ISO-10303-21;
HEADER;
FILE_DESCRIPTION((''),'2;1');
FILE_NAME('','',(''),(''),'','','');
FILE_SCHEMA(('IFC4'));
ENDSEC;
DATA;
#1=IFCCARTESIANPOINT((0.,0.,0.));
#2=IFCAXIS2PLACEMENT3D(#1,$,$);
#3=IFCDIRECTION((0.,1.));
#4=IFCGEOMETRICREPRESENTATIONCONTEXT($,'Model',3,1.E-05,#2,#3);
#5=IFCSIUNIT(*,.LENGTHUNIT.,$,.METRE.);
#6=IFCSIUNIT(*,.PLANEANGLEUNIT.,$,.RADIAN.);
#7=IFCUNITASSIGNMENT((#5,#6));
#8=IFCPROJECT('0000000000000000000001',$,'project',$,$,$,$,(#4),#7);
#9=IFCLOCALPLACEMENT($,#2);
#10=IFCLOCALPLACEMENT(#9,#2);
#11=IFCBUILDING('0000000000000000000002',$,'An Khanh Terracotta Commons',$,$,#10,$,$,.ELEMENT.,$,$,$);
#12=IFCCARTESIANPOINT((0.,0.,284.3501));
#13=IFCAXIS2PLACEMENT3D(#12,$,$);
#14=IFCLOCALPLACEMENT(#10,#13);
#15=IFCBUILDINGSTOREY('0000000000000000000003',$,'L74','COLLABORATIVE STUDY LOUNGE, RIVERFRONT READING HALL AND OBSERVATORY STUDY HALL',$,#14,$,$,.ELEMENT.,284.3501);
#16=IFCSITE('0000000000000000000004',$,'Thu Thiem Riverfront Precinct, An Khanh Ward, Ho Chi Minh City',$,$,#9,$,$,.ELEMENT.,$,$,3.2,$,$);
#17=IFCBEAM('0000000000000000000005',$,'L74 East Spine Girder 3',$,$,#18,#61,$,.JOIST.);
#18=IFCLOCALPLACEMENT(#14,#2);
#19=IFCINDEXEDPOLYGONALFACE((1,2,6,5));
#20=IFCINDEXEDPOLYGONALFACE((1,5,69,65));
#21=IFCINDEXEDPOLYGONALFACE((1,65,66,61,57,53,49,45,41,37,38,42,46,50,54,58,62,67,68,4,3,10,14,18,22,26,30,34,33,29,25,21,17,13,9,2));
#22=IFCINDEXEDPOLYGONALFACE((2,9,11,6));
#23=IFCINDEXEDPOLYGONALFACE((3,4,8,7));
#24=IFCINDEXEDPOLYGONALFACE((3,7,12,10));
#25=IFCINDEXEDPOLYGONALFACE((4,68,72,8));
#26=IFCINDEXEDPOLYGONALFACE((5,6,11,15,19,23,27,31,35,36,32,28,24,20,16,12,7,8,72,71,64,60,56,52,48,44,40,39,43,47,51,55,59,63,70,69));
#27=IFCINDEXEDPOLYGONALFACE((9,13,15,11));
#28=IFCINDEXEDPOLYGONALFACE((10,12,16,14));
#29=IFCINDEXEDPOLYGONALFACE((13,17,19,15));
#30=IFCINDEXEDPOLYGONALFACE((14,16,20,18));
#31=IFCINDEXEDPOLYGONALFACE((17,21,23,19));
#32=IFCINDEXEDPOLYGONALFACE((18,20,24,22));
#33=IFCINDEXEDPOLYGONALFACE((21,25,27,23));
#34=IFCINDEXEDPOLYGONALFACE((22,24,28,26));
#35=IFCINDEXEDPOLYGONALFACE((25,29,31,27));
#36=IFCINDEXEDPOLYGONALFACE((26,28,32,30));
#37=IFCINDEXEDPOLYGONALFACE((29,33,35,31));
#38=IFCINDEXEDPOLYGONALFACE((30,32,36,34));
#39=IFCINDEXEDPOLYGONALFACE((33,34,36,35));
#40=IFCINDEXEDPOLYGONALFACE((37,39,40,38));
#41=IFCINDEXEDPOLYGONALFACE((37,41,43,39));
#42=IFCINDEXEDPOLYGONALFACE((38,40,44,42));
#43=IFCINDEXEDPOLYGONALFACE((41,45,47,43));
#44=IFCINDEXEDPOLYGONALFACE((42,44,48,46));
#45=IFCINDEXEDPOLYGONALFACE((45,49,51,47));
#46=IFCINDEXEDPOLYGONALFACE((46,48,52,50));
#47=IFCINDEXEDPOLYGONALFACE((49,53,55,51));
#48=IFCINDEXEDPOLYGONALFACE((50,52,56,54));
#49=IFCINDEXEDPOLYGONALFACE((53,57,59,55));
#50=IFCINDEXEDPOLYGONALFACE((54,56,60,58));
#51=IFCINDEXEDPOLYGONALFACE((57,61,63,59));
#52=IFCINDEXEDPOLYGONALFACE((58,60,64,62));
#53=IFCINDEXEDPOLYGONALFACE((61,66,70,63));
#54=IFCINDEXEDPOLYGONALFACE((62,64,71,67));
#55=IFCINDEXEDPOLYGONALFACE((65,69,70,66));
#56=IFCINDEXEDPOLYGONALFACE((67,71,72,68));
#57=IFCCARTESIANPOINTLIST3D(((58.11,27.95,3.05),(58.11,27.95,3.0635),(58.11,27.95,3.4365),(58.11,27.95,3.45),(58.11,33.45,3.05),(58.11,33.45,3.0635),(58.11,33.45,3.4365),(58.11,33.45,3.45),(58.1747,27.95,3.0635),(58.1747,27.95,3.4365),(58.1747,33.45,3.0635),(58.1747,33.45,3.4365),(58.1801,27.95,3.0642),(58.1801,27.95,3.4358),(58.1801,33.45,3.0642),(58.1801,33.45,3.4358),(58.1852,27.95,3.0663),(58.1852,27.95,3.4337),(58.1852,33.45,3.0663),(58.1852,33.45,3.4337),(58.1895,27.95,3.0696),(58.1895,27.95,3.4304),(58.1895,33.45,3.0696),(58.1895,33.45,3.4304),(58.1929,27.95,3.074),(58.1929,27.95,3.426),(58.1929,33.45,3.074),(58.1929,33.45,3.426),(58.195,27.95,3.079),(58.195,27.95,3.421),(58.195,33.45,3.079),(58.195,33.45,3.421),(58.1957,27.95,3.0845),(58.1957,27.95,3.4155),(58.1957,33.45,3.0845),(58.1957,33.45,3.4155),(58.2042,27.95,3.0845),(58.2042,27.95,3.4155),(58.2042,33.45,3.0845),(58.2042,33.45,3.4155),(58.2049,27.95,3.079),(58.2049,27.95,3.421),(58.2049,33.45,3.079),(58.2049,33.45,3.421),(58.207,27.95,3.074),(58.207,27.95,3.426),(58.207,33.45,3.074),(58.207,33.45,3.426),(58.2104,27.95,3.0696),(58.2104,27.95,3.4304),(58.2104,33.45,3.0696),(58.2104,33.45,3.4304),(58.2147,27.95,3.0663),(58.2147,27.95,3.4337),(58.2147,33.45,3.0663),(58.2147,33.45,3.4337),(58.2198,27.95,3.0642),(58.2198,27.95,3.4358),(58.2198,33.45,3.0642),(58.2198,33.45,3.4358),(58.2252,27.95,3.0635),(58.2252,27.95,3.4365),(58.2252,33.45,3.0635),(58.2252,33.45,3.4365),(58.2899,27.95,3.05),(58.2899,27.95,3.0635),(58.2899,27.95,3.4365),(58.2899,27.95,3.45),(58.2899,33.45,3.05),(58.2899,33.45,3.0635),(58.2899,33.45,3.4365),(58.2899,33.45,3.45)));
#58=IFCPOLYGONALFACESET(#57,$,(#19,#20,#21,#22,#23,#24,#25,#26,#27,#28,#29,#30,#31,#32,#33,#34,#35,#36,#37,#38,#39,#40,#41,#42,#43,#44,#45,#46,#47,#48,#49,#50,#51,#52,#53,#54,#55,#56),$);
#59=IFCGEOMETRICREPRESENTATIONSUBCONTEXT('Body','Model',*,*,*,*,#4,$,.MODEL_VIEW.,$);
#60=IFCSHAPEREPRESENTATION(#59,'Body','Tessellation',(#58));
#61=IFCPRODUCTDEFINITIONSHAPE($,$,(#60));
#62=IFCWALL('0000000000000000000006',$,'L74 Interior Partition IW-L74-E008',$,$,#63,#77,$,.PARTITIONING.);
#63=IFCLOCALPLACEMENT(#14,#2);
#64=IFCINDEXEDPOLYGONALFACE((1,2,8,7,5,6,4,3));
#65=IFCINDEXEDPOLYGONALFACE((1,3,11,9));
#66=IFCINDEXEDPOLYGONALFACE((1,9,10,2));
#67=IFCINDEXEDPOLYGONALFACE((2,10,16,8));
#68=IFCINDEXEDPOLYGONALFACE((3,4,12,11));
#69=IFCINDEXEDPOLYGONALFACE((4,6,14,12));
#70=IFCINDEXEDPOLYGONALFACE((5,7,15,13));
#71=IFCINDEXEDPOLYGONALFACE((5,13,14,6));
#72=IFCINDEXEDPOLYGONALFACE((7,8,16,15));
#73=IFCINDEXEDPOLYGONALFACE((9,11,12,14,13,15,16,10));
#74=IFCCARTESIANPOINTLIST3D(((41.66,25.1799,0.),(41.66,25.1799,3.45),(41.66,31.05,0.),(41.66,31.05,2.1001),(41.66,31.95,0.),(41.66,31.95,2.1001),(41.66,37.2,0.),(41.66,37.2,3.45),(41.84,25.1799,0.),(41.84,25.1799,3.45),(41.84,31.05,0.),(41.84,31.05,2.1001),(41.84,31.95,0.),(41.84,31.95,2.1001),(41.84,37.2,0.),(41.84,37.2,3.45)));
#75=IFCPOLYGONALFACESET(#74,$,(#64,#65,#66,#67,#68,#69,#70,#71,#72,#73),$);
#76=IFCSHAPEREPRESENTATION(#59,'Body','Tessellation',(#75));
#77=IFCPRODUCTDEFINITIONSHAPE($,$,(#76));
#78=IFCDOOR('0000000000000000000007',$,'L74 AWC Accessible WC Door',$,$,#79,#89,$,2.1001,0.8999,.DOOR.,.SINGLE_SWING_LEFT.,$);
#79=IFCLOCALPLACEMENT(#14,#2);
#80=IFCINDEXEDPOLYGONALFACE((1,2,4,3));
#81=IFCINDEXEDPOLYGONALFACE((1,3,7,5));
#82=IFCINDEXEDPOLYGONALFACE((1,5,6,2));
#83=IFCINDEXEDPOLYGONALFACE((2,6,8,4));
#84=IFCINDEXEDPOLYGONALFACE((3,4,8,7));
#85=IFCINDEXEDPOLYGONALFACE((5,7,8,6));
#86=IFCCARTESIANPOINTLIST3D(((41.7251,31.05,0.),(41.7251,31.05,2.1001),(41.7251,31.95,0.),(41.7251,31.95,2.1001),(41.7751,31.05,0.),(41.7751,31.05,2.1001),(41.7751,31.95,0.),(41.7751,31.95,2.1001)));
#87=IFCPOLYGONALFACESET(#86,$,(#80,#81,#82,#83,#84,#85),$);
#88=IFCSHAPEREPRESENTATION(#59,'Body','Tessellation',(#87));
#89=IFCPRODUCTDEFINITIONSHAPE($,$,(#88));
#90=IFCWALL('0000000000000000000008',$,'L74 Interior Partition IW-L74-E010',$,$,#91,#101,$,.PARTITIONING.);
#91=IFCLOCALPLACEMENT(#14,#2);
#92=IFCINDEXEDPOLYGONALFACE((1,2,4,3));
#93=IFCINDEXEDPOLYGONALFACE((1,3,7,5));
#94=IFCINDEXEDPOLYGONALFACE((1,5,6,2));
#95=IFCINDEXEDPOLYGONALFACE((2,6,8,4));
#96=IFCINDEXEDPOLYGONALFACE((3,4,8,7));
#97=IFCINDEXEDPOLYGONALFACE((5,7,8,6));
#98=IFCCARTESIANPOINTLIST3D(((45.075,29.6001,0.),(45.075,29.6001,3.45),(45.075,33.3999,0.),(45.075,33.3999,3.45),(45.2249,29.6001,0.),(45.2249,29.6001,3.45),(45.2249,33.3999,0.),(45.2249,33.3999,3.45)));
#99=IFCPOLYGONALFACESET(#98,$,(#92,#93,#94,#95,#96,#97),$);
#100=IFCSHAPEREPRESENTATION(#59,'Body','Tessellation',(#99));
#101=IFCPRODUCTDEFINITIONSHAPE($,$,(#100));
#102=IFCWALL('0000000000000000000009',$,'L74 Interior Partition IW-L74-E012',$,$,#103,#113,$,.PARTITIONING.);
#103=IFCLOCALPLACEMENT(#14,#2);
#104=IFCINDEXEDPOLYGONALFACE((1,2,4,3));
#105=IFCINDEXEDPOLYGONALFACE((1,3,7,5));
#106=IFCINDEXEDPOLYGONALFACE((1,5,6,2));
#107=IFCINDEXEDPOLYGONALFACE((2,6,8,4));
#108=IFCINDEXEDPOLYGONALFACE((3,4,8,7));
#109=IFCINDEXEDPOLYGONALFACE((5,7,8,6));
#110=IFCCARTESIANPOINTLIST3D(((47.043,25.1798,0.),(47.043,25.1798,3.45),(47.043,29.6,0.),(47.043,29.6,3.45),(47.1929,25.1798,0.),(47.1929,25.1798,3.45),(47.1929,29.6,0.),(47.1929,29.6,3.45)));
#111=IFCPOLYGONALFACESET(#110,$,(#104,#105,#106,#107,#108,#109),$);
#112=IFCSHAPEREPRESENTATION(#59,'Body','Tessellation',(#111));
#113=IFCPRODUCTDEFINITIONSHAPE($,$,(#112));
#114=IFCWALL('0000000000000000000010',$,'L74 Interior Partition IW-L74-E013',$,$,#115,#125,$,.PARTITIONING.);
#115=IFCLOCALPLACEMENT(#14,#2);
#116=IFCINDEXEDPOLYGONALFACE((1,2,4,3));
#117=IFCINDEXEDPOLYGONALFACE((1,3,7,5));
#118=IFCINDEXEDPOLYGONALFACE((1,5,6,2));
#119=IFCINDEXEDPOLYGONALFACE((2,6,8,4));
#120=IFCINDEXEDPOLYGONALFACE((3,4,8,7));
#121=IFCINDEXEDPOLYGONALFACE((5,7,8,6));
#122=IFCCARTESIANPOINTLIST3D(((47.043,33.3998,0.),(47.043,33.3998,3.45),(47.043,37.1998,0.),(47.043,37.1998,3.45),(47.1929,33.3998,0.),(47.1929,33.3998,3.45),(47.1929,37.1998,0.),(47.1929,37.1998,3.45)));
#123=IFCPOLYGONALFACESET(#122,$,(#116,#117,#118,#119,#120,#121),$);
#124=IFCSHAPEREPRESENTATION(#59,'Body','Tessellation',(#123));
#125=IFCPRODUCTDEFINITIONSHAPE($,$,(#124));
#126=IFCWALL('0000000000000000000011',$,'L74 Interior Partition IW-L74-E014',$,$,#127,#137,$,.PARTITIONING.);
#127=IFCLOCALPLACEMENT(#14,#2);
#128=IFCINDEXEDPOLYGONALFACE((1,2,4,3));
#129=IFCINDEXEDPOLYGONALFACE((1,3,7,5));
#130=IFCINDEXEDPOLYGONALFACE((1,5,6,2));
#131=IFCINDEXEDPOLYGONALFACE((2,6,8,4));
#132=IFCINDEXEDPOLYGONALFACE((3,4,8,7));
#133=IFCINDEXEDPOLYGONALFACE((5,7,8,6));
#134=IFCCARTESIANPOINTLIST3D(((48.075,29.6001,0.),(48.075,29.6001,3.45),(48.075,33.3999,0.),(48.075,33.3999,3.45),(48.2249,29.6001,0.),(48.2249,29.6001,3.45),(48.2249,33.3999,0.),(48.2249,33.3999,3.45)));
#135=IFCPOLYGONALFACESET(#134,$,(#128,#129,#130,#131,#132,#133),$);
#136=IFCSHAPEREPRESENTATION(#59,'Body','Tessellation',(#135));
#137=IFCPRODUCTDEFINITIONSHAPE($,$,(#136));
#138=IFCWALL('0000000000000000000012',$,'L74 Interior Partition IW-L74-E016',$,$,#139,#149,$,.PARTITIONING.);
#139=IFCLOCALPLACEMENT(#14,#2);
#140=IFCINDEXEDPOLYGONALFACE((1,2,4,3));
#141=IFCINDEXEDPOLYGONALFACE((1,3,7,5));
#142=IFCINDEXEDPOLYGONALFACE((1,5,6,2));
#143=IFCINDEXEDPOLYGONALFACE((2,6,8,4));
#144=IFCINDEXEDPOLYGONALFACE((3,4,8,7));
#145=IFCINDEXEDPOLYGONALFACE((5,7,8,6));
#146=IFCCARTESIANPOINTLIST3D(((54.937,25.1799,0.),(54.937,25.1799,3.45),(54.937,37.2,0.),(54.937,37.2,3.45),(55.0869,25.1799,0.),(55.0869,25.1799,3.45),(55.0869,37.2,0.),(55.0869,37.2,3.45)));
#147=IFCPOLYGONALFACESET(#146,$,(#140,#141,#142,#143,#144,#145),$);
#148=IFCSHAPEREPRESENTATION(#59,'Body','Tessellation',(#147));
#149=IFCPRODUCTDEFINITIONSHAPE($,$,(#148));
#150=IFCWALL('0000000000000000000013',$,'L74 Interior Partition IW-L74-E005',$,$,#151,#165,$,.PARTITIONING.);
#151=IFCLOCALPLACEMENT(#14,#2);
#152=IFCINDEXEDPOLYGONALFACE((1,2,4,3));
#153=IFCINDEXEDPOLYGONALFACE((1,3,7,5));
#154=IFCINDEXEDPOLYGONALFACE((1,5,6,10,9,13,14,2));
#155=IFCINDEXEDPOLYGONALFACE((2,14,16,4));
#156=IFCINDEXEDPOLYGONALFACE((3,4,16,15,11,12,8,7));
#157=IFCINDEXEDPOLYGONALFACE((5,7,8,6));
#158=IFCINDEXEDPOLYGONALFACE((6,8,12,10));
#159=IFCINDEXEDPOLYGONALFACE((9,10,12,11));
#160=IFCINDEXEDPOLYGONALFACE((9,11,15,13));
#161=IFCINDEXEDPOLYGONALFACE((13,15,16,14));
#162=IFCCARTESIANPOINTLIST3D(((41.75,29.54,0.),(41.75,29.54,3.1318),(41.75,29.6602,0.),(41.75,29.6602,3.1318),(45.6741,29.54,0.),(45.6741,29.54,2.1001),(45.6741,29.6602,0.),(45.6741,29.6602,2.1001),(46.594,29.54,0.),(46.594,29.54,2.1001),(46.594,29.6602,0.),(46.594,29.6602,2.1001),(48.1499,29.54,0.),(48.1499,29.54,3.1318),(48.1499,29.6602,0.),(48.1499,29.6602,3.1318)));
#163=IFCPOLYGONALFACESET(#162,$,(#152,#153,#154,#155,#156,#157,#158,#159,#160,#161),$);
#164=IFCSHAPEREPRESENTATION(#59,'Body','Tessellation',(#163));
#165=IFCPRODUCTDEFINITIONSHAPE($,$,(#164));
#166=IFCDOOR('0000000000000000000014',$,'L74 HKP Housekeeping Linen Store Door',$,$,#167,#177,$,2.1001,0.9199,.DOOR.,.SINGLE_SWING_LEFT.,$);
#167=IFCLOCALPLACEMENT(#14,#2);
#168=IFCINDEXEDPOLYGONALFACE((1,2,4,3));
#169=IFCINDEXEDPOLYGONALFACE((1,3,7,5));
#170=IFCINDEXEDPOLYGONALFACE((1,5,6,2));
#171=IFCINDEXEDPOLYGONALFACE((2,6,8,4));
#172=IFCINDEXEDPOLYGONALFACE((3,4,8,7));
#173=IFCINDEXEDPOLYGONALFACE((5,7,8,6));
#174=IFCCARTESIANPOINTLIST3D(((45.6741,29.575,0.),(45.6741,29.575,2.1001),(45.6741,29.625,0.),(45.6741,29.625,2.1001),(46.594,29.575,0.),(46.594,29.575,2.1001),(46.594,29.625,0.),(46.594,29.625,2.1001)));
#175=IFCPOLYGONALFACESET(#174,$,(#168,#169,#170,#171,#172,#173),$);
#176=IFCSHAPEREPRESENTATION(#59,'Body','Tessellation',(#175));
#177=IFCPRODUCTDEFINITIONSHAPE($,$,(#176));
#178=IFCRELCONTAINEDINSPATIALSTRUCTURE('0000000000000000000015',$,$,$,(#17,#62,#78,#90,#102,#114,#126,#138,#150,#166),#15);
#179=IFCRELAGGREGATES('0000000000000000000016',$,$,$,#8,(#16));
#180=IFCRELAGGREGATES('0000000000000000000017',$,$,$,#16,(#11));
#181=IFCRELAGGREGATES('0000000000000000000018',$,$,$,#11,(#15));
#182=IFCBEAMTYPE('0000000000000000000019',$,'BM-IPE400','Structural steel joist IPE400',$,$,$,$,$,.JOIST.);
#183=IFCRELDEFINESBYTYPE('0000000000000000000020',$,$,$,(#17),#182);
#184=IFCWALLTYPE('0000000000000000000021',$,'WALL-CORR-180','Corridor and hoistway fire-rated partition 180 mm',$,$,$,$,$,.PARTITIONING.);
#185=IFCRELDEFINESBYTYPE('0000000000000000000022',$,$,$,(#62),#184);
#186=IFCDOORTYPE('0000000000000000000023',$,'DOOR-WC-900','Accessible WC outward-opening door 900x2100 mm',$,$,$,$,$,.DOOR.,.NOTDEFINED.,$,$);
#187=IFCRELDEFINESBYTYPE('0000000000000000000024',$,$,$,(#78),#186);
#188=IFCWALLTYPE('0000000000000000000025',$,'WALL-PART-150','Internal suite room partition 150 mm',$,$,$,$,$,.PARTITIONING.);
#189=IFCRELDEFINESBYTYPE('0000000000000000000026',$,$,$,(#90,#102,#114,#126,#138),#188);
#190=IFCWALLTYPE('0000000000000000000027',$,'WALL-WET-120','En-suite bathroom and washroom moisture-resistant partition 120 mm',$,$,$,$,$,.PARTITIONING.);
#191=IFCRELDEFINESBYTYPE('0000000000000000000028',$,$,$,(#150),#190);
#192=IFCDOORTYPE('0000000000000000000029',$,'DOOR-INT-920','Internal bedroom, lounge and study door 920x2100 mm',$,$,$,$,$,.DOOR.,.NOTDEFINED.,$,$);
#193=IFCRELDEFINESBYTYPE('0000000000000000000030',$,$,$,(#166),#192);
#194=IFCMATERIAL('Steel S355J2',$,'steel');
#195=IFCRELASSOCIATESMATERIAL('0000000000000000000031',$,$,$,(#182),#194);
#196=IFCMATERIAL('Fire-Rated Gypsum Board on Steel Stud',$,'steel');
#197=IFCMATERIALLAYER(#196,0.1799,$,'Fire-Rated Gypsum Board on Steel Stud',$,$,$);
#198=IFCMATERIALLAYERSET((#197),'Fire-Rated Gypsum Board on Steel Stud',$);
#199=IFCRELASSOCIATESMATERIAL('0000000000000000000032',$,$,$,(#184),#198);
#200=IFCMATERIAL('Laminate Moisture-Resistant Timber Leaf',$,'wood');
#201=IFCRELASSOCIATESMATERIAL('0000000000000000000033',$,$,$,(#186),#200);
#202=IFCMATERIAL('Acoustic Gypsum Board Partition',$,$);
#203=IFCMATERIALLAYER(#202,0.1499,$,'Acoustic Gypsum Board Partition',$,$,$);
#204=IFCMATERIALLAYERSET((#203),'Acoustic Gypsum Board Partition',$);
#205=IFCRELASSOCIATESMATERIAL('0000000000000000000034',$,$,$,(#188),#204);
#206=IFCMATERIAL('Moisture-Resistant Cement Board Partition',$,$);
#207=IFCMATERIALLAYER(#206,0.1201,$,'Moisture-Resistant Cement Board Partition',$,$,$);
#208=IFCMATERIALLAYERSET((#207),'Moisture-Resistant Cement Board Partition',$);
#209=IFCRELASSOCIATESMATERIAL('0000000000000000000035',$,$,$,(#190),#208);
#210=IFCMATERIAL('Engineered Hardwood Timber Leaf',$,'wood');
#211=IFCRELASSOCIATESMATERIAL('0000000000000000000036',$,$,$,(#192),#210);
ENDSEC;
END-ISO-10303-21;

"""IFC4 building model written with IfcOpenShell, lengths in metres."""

from ifc_helpers import new_model, si_unit, direction, frame, frame_2d, origin, origin_2d, place, context, subcontext, project, spatial, rectangle, i_section, extrude, material, layer, layer_set, material_profile, profile_set, type_object, element, fill, save


model = new_model("IFC4")

# Units and contexts
model_context = context("Model", 3, precision=1e-05, world=origin(), true_north=direction((0.0, 1.0)))
body_context = subcontext(model_context, "Body", "Model", "MODEL_VIEW")
ifc_project = project(units=[si_unit("LENGTHUNIT", "METRE"), si_unit("PLANEANGLEUNIT", "RADIAN")], contexts=[model_context])

# Site, building, storey
site_placement = place(None, origin())
site = spatial("IfcSite", under=ifc_project, at=site_placement, Name="Thu Thiem Riverfront Precinct, An Khanh Ward, Ho Chi Minh City", CompositionType="ELEMENT", RefElevation=3.2)
building_placement = place(site_placement, origin())
building = spatial("IfcBuilding", under=site, at=building_placement, Name="An Khanh Terracotta Commons", CompositionType="ELEMENT")
storey_placement = place(building_placement, frame((0.0, 0.0, 284.3501)))
storey = spatial("IfcBuildingStorey", under=building, at=storey_placement, Name="L74", Description="COLLABORATIVE STUDY LOUNGE, RIVERFRONT READING HALL AND OBSERVATORY STUDY HALL", CompositionType="ELEMENT", Elevation=284.3501)

# Beam
ifc_material_1 = material(Name="Steel S355J2", Category="steel")
ifc_material_profile_1 = material_profile(ifc_material_1, i_section(OverallWidth=0.1799, OverallDepth=0.3999, WebThickness=0.0085, FlangeThickness=0.0134, FilletRadius=0.021, at=origin_2d()), Name="IPE400")
ifc_profile_set_1 = profile_set([ifc_material_profile_1], Name="Steel S355J2")
beam_type_1 = type_object("IfcBeamType", Name="BM-IPE400", Description="Structural steel joist IPE400", PredefinedType="JOIST", material=ifc_profile_set_1)
beam_placement = place(storey_placement, frame((58.2, 27.95, 3.25), z_axis=(0.0, 1.0, 0.0), x_axis=(-1.0, 0.0, 0.0)))
element("IfcBeam", 1, at=beam_placement, inside=storey, type_object=beam_type_1, Name="L74 East Spine Girder 3", PredefinedType="JOIST", context=body_context, shape_type="SweptSolid", body=[
    extrude(i_section(OverallWidth=0.1799, OverallDepth=0.3999, WebThickness=0.0085, FlangeThickness=0.0134, FilletRadius=0.021, at=origin_2d()), origin(), (0.0, 0.0, 1.0), 5.5),
])

# Wall, opening, door
ifc_material_2 = material(Name="Fire-Rated Gypsum Board on Steel Stud", Category="steel")
ifc_layer_1 = layer(ifc_material_2, 0.1799, Name="Fire-Rated Gypsum Board on Steel Stud")
ifc_layer_set_1 = layer_set([ifc_layer_1], Name="Fire-Rated Gypsum Board on Steel Stud")
wall_type_1 = type_object("IfcWallType", Name="WALL-CORR-180", Description="Corridor and hoistway fire-rated partition 180 mm", PredefinedType="PARTITIONING", material=ifc_layer_set_1)
wall_1_placement = place(storey_placement, frame((41.75, 25.1799, 0.0), z_axis=(0.0, 0.0, 1.0), x_axis=(0.0, 1.0, 0.0)))
wall_1 = element("IfcWall", 2, at=wall_1_placement, inside=storey, type_object=wall_type_1, Name="L74 Interior Partition IW-L74-E008", PredefinedType="PARTITIONING", context=body_context, shape_type="SweptSolid", body=[
    extrude(rectangle(XDim=12.02, YDim=0.1799, at=frame_2d((6.01, 0.0))), origin(), (0.0, 0.0, 1.0), 3.45),
])
opening_1_placement = place(wall_1_placement, frame((5.8701, 0.0, 0.0)))
opening_1 = element("IfcOpeningElement", 3, at=opening_1_placement, cuts=wall_1, PredefinedType="OPENING", context=body_context, shape_type="SweptSolid", body=[
    extrude(rectangle(XDim=0.8999, YDim=2.1001, at=frame_2d((0.45, 1.05))), frame((0.0, 0.0999, 0.0), z_axis=(0.0, -1.0, 0.0), x_axis=(1.0, 0.0, 0.0)), (0.0, 0.0, 1.0), 0.2),
])
ifc_material_3 = material(Name="Laminate Moisture-Resistant Timber Leaf", Category="wood")
door_type_1 = type_object("IfcDoorType", Name="DOOR-WC-900", Description="Accessible WC outward-opening door 900x2100 mm", OperationType="NOTDEFINED", PredefinedType="DOOR", material=ifc_material_3)
door_1_placement = place(opening_1_placement, origin())
door_1 = element("IfcDoor", 4, at=door_1_placement, inside=storey, type_object=door_type_1, Name="L74 AWC Accessible WC Door", OperationType="SINGLE_SWING_LEFT", OverallHeight=2.1001, OverallWidth=0.8999, PredefinedType="DOOR", context=body_context, shape_type="SweptSolid", body=[
    extrude(rectangle(XDim=0.8999, YDim=2.1001, at=frame_2d((0.45, 1.05))), frame((0.0, 0.0249, 0.0), z_axis=(0.0, -1.0, 0.0), x_axis=(1.0, 0.0, 0.0)), (0.0, 0.0, 1.0), 0.05),
])
fill(opening_1, door_1)

# Walls
ifc_material_4 = material(Name="Acoustic Gypsum Board Partition")
ifc_layer_2 = layer(ifc_material_4, 0.1499, Name="Acoustic Gypsum Board Partition")
ifc_layer_set_2 = layer_set([ifc_layer_2], Name="Acoustic Gypsum Board Partition")
wall_type_2 = type_object("IfcWallType", Name="WALL-PART-150", Description="Internal suite room partition 150 mm", PredefinedType="PARTITIONING", material=ifc_layer_set_2)
wall_2_placement = place(storey_placement, frame((45.1499, 29.6001, 0.0), z_axis=(0.0, 0.0, 1.0), x_axis=(0.0, 1.0, 0.0)))
element("IfcWall", 5, at=wall_2_placement, inside=storey, type_object=wall_type_2, Name="L74 Interior Partition IW-L74-E010", PredefinedType="PARTITIONING", context=body_context, shape_type="SweptSolid", body=[
    extrude(rectangle(XDim=3.7998, YDim=0.1499, at=frame_2d((1.8999, 0.0))), origin(), (0.0, 0.0, 1.0), 3.45),
])
wall_3_placement = place(storey_placement, frame((47.1179, 25.1799, 0.0), z_axis=(0.0, 0.0, 1.0), x_axis=(0.0, 1.0, 0.0)))
element("IfcWall", 6, at=wall_3_placement, inside=storey, type_object=wall_type_2, Name="L74 Interior Partition IW-L74-E012", PredefinedType="PARTITIONING", context=body_context, shape_type="SweptSolid", body=[
    extrude(rectangle(XDim=4.4202, YDim=0.1499, at=frame_2d((2.21, 0.0))), origin(), (0.0, 0.0, 1.0), 3.45),
])
wall_4_placement = place(storey_placement, frame((47.1179, 33.3999, 0.0), z_axis=(0.0, 0.0, 1.0), x_axis=(0.0, 1.0, 0.0)))
element("IfcWall", 7, at=wall_4_placement, inside=storey, type_object=wall_type_2, Name="L74 Interior Partition IW-L74-E013", PredefinedType="PARTITIONING", context=body_context, shape_type="SweptSolid", body=[
    extrude(rectangle(XDim=3.8, YDim=0.1499, at=frame_2d((1.8999, 0.0))), origin(), (0.0, 0.0, 1.0), 3.45),
])
wall_5_placement = place(storey_placement, frame((48.1499, 29.6001, 0.0), z_axis=(0.0, 0.0, 1.0), x_axis=(0.0, 1.0, 0.0)))
element("IfcWall", 8, at=wall_5_placement, inside=storey, type_object=wall_type_2, Name="L74 Interior Partition IW-L74-E014", PredefinedType="PARTITIONING", context=body_context, shape_type="SweptSolid", body=[
    extrude(rectangle(XDim=3.7998, YDim=0.1499, at=frame_2d((1.8999, 0.0))), origin(), (0.0, 0.0, 1.0), 3.45),
])
wall_6_placement = place(storey_placement, frame((55.012, 25.1799, 0.0), z_axis=(0.0, 0.0, 1.0), x_axis=(0.0, 1.0, 0.0)))
element("IfcWall", 9, at=wall_6_placement, inside=storey, type_object=wall_type_2, Name="L74 Interior Partition IW-L74-E016", PredefinedType="PARTITIONING", context=body_context, shape_type="SweptSolid", body=[
    extrude(rectangle(XDim=12.02, YDim=0.1499, at=frame_2d((6.01, 0.0))), origin(), (0.0, 0.0, 1.0), 3.45),
])

# Wall, opening, door
ifc_material_5 = material(Name="Moisture-Resistant Cement Board Partition")
ifc_layer_3 = layer(ifc_material_5, 0.1201, Name="Moisture-Resistant Cement Board Partition")
ifc_layer_set_3 = layer_set([ifc_layer_3], Name="Moisture-Resistant Cement Board Partition")
wall_type_3 = type_object("IfcWallType", Name="WALL-WET-120", Description="En-suite bathroom and washroom moisture-resistant partition 120 mm", PredefinedType="PARTITIONING", material=ifc_layer_set_3)
wall_7_placement = place(storey_placement, frame((41.75, 29.6001, 0.0), z_axis=(0.0, 0.0, 1.0), x_axis=(1.0, 0.0, 0.0)))
wall_7 = element("IfcWall", 10, at=wall_7_placement, inside=storey, type_object=wall_type_3, Name="L74 Interior Partition IW-L74-E005", PredefinedType="PARTITIONING", context=body_context, shape_type="SweptSolid", body=[
    extrude(rectangle(XDim=6.3999, YDim=0.1201, at=frame_2d((3.2, 0.0))), origin(), (0.0, 0.0, 1.0), 3.1318),
])
opening_2_placement = place(wall_7_placement, frame((3.9241, 0.0, 0.0)))
opening_2 = element("IfcOpeningElement", 11, at=opening_2_placement, cuts=wall_7, PredefinedType="OPENING", context=body_context, shape_type="SweptSolid", body=[
    extrude(rectangle(XDim=0.9199, YDim=2.1001, at=frame_2d((0.46, 1.05))), frame((0.0, 0.0701, 0.0), z_axis=(0.0, -1.0, 0.0), x_axis=(1.0, 0.0, 0.0)), (0.0, 0.0, 1.0), 0.1401),
])
ifc_material_6 = material(Name="Engineered Hardwood Timber Leaf", Category="wood")
door_type_2 = type_object("IfcDoorType", Name="DOOR-INT-920", Description="Internal bedroom, lounge and study door 920x2100 mm", OperationType="NOTDEFINED", PredefinedType="DOOR", material=ifc_material_6)
door_2_placement = place(opening_2_placement, origin())
door_2 = element("IfcDoor", 12, at=door_2_placement, inside=storey, type_object=door_type_2, Name="L74 HKP Housekeeping Linen Store Door", OperationType="SINGLE_SWING_LEFT", OverallHeight=2.1001, OverallWidth=0.9199, PredefinedType="DOOR", context=body_context, shape_type="SweptSolid", body=[
    extrude(rectangle(XDim=0.9199, YDim=2.1001, at=frame_2d((0.46, 1.05))), frame((0.0, 0.0249, 0.0), z_axis=(0.0, -1.0, 0.0), x_axis=(1.0, 0.0, 0.0)), (0.0, 0.0, 1.0), 0.05),
])
fill(opening_2, door_2)

save(model, "model.ifc")
